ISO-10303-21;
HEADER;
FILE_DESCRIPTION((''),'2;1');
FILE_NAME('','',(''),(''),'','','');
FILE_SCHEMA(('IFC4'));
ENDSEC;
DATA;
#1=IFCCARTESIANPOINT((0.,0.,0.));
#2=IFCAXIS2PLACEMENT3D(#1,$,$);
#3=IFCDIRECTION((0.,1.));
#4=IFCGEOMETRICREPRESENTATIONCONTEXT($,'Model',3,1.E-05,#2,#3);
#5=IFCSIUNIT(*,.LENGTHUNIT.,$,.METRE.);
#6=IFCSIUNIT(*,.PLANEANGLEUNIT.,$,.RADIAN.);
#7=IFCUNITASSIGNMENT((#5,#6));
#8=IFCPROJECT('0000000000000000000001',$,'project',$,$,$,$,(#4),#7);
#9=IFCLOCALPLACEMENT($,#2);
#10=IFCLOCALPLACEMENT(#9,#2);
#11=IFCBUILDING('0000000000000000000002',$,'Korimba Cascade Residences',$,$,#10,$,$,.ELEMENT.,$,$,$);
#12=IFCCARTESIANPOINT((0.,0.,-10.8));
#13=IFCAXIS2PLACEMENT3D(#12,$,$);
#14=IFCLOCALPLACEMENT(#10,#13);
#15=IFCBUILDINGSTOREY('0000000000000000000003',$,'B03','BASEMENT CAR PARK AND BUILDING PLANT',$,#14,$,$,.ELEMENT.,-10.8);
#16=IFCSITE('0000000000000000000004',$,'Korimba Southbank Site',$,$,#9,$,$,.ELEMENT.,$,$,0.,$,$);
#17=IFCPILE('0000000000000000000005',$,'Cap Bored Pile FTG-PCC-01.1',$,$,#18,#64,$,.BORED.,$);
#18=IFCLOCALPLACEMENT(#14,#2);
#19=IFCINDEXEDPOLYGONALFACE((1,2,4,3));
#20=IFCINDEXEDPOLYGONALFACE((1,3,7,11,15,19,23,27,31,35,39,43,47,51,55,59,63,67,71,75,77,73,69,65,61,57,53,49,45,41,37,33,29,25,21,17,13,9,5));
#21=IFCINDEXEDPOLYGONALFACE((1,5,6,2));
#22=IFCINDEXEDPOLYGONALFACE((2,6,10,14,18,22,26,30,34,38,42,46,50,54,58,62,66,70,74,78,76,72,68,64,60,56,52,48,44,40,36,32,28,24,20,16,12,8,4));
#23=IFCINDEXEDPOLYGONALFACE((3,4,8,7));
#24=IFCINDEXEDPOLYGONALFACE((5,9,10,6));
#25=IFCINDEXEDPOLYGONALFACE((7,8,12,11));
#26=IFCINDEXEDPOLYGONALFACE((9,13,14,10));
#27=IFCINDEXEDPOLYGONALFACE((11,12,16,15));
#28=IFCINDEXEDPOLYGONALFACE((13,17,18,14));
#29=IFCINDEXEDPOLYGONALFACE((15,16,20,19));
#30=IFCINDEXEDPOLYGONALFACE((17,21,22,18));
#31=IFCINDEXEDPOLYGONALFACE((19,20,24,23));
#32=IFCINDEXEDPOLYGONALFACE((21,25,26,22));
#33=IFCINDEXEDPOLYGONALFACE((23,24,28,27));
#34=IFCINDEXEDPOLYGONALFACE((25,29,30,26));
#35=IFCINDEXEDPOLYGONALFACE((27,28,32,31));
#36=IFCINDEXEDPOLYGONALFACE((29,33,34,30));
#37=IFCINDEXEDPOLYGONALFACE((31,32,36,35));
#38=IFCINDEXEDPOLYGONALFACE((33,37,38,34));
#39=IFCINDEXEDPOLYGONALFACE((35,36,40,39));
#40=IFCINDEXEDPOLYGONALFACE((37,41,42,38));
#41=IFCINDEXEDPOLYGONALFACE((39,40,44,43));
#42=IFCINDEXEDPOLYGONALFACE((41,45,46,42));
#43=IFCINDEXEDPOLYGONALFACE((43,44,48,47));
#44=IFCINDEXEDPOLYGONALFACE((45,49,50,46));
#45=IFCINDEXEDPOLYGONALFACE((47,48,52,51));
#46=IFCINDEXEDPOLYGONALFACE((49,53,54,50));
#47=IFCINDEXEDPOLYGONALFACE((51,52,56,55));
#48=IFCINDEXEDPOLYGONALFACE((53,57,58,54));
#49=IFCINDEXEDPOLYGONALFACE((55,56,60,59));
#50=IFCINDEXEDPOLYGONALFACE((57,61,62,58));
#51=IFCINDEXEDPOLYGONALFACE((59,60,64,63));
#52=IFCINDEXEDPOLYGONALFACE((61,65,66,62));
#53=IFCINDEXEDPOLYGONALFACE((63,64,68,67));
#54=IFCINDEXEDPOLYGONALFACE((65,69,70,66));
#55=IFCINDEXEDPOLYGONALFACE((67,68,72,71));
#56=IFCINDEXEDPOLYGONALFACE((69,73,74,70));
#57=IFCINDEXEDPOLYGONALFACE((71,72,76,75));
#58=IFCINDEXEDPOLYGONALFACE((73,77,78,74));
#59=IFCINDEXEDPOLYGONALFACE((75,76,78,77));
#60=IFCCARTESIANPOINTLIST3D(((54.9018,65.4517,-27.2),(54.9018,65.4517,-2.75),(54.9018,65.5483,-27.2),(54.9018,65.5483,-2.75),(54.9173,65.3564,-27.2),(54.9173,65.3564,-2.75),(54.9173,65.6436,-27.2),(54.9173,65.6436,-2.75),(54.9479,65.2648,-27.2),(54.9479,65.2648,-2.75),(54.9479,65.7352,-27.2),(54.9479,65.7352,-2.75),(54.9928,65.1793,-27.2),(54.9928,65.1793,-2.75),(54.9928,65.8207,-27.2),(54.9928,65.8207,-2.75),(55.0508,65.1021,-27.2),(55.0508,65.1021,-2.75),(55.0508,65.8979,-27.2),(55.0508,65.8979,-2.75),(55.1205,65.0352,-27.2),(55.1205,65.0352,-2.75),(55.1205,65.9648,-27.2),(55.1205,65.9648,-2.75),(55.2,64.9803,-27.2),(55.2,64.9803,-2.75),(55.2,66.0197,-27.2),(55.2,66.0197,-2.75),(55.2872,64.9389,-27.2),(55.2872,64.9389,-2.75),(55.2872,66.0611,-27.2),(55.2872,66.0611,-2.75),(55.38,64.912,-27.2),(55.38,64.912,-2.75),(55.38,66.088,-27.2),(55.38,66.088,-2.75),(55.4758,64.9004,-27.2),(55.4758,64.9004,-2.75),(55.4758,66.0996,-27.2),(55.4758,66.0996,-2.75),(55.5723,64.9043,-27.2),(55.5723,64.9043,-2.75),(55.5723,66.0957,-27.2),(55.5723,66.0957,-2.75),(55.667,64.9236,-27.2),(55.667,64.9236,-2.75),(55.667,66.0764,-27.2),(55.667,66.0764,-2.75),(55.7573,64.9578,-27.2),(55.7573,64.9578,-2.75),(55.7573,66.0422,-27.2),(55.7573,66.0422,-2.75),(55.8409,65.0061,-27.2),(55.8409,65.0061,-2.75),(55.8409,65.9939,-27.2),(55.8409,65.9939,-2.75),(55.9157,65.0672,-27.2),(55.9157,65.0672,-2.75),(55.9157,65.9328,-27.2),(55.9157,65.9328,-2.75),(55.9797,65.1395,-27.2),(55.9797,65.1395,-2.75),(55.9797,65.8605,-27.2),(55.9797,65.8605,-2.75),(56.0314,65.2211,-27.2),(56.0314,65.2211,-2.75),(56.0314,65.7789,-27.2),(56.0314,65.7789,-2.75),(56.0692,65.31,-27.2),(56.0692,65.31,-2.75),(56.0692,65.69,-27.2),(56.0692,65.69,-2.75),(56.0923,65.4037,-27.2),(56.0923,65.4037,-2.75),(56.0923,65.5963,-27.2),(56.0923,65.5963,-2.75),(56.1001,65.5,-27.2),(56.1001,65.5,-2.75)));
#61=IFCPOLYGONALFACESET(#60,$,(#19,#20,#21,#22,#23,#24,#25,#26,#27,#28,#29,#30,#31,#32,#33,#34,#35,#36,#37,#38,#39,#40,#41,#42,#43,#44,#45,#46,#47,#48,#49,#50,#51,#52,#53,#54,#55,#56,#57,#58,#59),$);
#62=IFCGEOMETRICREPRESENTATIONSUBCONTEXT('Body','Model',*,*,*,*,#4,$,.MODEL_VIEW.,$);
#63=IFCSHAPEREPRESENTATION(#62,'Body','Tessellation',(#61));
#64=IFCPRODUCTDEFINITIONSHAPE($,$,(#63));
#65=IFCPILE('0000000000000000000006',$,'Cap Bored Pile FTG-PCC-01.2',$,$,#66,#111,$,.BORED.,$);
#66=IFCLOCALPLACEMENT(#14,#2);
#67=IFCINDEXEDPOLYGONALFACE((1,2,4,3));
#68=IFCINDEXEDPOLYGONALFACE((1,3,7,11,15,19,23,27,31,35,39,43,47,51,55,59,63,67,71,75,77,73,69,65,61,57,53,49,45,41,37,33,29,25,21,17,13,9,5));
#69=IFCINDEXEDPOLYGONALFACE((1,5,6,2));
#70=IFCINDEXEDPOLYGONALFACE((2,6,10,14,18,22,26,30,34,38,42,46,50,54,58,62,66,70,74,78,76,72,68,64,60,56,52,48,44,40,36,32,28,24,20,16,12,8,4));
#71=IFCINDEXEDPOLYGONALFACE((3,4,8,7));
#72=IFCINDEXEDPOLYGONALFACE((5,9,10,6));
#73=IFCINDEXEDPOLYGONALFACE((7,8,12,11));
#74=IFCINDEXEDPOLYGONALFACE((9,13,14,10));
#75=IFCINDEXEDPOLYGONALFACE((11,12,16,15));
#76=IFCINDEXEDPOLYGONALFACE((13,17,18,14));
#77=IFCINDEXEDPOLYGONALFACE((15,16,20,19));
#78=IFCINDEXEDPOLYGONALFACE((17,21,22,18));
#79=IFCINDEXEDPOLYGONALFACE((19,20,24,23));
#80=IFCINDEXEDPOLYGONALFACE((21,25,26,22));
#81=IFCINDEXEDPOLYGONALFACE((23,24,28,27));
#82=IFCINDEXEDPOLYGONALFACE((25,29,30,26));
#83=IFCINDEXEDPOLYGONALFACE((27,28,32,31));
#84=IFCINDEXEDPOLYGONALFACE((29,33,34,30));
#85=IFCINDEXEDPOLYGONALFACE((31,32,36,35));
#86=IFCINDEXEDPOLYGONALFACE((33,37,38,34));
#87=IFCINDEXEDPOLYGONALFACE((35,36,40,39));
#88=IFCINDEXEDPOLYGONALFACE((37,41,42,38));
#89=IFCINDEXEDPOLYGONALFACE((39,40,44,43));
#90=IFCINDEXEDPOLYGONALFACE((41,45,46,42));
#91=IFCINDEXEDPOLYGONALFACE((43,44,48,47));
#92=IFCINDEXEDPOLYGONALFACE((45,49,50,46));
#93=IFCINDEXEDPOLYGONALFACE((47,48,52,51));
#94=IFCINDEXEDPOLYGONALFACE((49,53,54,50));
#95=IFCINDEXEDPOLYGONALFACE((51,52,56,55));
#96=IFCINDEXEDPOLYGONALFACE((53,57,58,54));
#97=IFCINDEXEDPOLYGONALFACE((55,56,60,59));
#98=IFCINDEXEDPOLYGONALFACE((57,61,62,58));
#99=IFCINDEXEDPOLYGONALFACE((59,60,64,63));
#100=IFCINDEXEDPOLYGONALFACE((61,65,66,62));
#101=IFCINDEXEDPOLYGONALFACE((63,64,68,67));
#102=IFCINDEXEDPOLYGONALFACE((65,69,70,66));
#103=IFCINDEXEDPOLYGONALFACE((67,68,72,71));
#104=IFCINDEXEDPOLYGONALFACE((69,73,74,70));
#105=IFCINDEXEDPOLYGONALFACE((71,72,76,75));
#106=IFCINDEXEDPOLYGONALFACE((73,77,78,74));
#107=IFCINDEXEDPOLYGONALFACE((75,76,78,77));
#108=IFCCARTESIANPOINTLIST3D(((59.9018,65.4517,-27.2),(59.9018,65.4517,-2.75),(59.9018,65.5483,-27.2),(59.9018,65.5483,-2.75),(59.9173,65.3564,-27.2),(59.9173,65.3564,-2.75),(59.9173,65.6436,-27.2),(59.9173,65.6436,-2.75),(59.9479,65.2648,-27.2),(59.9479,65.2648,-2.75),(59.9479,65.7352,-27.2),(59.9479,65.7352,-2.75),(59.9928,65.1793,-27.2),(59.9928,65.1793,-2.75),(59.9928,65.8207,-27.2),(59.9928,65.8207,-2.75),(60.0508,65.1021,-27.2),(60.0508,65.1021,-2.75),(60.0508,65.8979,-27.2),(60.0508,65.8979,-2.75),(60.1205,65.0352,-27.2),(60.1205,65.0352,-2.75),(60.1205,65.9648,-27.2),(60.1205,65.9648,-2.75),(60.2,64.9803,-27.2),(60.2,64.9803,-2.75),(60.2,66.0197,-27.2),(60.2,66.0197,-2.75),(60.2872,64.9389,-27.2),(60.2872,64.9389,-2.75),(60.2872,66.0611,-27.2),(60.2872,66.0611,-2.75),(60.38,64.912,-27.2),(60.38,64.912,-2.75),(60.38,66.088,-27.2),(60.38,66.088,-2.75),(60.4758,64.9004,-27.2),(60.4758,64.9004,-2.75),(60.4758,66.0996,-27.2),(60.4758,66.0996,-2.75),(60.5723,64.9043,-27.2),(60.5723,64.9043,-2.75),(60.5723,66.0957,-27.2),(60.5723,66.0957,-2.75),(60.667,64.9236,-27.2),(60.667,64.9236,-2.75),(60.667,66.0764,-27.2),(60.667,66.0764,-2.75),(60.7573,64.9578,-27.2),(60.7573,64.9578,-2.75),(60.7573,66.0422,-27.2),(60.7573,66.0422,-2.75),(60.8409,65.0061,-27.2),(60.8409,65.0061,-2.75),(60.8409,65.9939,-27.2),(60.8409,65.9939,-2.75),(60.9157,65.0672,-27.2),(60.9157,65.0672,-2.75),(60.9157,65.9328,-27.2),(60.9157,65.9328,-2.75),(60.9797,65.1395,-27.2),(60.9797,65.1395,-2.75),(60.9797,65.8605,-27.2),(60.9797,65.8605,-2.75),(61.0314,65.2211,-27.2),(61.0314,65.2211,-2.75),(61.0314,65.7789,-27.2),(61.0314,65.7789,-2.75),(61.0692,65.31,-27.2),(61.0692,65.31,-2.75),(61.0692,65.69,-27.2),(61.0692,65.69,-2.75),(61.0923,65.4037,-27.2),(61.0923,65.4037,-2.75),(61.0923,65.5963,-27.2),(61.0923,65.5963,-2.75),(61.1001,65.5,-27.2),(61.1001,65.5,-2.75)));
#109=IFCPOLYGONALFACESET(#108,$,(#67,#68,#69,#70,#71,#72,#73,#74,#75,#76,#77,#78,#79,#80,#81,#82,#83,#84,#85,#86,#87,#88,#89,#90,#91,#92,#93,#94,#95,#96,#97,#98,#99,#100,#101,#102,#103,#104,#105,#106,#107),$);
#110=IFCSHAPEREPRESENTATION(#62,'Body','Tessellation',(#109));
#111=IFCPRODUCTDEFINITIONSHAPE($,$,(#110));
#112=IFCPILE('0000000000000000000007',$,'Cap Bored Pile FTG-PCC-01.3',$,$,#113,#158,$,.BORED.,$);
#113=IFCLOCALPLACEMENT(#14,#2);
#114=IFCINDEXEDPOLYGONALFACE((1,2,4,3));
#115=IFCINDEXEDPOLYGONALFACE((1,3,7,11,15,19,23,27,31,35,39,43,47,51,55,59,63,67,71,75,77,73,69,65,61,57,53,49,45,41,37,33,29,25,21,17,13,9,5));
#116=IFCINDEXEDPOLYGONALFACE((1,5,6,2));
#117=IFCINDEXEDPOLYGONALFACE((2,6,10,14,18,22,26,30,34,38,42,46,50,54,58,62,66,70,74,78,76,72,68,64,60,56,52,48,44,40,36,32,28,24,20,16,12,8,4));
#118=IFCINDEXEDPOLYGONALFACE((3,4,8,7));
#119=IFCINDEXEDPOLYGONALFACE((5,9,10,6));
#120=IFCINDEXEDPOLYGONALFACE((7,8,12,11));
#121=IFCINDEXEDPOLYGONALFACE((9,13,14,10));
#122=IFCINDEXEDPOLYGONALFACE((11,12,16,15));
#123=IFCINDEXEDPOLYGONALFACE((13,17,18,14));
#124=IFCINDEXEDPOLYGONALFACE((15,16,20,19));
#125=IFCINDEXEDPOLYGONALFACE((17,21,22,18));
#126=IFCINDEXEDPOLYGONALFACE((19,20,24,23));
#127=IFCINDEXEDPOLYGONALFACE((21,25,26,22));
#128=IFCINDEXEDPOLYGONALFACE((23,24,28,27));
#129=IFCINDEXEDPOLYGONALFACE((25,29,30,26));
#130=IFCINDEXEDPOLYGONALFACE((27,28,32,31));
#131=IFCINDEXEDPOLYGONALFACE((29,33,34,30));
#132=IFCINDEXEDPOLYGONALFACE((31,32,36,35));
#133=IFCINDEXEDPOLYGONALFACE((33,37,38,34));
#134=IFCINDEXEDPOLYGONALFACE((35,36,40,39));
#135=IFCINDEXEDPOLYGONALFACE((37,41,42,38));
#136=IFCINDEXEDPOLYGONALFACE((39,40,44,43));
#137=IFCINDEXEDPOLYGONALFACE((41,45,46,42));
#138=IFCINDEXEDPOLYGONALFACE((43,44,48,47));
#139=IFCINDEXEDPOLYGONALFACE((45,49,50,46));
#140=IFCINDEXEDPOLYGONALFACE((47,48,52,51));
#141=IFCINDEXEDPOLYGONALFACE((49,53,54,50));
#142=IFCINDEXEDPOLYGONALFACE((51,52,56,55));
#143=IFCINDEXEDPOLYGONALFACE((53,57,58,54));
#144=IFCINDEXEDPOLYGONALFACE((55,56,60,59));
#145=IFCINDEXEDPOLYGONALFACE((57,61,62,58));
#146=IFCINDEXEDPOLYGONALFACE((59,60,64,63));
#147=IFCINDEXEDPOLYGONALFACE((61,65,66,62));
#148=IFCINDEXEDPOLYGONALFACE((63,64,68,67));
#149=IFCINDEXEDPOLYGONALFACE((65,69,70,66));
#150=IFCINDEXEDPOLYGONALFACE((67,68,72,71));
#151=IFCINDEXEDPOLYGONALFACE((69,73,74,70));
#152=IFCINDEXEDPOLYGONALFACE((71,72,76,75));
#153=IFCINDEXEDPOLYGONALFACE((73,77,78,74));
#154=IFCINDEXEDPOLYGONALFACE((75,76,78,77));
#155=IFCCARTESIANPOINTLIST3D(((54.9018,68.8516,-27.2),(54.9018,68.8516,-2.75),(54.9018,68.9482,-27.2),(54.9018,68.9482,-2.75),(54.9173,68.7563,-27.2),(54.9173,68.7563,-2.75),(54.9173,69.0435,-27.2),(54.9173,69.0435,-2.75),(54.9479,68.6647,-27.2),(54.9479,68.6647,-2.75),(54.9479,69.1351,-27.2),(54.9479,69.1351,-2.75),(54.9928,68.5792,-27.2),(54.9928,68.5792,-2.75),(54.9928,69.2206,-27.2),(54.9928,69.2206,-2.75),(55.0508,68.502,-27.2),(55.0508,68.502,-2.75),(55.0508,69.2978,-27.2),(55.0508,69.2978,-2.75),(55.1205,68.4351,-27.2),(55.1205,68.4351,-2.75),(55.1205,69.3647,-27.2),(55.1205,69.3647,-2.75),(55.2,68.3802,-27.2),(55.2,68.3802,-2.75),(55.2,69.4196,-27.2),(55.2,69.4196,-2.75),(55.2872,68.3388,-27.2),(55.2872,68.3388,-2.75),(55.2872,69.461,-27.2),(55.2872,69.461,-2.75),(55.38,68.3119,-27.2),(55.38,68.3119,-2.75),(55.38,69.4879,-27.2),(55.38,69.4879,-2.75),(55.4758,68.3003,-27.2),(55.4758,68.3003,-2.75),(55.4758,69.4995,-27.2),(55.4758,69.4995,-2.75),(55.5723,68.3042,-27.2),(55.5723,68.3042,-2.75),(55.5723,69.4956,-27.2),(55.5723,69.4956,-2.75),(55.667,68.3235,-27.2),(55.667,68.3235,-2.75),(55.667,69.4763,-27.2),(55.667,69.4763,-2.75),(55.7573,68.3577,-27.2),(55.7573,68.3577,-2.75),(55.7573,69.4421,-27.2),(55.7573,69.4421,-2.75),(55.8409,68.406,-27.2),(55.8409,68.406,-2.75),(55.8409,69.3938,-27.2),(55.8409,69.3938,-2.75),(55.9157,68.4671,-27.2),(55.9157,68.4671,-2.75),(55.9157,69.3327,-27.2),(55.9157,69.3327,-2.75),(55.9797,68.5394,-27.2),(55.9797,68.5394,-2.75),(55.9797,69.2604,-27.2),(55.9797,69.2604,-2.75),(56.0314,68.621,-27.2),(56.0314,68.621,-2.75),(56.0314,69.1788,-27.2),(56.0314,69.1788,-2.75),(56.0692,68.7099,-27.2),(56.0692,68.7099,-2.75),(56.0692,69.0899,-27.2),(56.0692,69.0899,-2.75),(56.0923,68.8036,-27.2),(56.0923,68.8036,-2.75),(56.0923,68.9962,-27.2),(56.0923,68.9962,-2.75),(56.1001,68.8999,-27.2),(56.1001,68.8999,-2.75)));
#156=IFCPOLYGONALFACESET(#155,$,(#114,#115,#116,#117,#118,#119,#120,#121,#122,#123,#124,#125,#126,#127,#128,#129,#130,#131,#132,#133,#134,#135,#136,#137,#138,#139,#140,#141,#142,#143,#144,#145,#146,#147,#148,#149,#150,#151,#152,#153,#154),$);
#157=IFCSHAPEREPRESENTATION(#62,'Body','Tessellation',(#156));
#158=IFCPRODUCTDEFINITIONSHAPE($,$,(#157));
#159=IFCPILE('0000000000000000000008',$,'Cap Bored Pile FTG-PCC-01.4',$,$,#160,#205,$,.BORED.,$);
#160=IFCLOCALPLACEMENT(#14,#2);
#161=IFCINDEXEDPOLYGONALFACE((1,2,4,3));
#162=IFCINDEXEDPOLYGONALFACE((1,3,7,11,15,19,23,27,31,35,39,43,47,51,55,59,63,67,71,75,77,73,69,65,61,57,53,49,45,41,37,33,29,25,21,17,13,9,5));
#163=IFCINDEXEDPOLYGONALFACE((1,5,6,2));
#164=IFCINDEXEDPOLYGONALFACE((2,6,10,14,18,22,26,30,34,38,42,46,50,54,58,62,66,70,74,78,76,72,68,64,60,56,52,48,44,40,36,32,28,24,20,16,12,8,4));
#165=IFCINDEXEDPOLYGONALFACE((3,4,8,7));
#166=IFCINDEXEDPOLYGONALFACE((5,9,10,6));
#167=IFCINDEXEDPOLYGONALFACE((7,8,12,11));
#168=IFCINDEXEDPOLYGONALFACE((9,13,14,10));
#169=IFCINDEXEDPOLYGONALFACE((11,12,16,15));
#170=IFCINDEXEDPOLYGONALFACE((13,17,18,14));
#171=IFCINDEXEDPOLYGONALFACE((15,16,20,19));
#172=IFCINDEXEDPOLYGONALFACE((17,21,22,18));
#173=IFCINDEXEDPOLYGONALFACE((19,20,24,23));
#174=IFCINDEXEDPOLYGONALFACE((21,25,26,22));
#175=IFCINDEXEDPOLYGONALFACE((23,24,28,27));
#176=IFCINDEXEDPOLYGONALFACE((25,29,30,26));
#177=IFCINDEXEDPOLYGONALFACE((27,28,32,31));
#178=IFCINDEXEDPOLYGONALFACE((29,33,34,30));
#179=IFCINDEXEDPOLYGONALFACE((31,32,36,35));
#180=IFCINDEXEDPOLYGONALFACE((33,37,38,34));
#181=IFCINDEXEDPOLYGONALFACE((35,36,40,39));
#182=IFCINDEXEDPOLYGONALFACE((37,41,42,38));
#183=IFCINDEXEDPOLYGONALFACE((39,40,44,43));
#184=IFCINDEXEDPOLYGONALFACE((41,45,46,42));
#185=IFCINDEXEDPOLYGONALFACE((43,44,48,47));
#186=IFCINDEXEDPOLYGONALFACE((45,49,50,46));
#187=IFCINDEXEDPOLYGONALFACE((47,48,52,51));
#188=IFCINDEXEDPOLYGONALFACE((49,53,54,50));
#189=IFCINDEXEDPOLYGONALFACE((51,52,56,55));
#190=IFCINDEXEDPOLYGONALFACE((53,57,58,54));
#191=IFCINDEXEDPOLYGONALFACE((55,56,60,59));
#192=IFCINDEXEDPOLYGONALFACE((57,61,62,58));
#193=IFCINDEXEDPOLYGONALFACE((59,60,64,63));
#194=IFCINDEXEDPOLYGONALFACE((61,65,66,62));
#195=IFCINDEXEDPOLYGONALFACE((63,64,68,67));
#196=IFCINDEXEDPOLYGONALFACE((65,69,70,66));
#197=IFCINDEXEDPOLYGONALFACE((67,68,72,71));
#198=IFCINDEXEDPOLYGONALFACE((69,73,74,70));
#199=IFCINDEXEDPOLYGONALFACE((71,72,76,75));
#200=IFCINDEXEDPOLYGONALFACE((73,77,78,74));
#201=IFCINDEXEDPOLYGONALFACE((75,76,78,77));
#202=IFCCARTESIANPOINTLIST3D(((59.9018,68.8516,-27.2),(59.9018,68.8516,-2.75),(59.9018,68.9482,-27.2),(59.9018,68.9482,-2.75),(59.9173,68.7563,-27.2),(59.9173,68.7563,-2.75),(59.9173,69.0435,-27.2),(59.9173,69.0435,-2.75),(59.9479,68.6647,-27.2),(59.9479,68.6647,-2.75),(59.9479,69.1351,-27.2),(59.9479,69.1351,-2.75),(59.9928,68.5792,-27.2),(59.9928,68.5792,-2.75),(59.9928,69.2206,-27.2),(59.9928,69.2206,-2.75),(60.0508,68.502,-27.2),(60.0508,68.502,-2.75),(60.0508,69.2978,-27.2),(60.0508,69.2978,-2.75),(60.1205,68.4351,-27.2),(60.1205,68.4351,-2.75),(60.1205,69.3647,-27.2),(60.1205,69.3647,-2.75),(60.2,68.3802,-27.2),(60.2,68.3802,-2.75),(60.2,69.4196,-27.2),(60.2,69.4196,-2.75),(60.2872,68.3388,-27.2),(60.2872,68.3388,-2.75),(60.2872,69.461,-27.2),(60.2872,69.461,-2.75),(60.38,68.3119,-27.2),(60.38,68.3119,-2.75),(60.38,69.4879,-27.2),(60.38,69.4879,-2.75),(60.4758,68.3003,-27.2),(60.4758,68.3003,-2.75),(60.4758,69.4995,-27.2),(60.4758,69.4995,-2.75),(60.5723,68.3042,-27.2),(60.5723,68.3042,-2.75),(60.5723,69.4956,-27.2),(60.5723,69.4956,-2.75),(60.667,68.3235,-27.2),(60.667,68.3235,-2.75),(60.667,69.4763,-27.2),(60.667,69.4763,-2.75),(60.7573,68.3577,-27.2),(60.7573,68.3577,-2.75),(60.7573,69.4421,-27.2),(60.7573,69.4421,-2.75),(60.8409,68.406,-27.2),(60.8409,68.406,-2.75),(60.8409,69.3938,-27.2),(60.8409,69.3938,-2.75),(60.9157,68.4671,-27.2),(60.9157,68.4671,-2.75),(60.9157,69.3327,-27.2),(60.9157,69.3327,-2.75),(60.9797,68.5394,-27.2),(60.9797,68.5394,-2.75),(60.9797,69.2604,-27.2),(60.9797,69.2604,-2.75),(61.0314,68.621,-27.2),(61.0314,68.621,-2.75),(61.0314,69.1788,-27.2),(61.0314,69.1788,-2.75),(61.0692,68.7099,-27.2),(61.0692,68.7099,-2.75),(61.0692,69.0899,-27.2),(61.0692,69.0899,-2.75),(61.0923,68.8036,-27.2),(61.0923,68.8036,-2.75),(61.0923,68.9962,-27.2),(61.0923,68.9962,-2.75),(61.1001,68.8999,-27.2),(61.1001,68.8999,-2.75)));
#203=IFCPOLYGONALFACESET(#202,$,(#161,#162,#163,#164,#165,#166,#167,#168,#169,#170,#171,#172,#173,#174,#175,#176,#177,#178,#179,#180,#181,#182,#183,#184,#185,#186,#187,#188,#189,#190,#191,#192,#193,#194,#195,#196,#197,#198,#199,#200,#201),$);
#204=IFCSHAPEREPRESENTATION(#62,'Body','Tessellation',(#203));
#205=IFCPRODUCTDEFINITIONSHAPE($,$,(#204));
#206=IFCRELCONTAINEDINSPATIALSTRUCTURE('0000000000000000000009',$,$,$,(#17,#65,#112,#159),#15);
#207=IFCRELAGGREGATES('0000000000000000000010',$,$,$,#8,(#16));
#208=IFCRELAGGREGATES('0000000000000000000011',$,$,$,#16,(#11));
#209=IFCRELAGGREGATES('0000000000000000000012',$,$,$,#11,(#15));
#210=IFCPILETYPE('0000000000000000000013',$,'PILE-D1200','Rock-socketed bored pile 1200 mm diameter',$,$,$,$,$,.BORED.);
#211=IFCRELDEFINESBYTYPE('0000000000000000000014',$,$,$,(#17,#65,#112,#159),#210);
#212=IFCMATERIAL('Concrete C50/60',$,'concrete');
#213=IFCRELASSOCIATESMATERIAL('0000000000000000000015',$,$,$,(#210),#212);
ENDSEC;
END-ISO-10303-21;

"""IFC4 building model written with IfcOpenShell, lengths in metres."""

from ifc_helpers import new_model, si_unit, direction, frame, origin, origin_2d, place, context, subcontext, project, spatial, circle, extrude, material, material_profile, profile_set, type_object, element, save


model = new_model("IFC4")

# Units and contexts
model_context = context("Model", 3, precision=1e-05, world=origin(), true_north=direction((0.0, 1.0)))
body_context = subcontext(model_context, "Body", "Model", "MODEL_VIEW")
ifc_project = project(units=[si_unit("LENGTHUNIT", "METRE"), si_unit("PLANEANGLEUNIT", "RADIAN")], contexts=[model_context])

# Site, building, storey
site_placement = place(None, origin())
site = spatial("IfcSite", under=ifc_project, at=site_placement, Name="Korimba Southbank Site", CompositionType="ELEMENT", RefElevation=0.0)
building_placement = place(site_placement, origin())
building = spatial("IfcBuilding", under=site, at=building_placement, Name="Korimba Cascade Residences", CompositionType="ELEMENT")
storey_placement = place(building_placement, frame((0.0, 0.0, -10.8)))
storey = spatial("IfcBuildingStorey", under=building, at=storey_placement, Name="B03", Description="BASEMENT CAR PARK AND BUILDING PLANT", CompositionType="ELEMENT", Elevation=-10.8)

# Piles
ifc_material_1 = material(Name="Concrete C50/60", Category="concrete")
ifc_material_profile_1 = material_profile(ifc_material_1, circle(Radius=0.6001, at=origin_2d()), Name="Concrete C50/60")
ifc_profile_set_1 = profile_set([ifc_material_profile_1], Name="Concrete C50/60")
pile_type = type_object("IfcPileType", Name="PILE-D1200", Description="Rock-socketed bored pile 1200 mm diameter", PredefinedType="BORED", material=ifc_profile_set_1)
for number, where, z_axis, x_axis, name in (
    (1, (55.5, 65.5, -2.75), (0.0, 0.0, -1.0), (1.0, 0.0, 0.0), "Cap Bored Pile FTG-PCC-01.1"),
    (2, (60.5, 65.5, -2.75), (0.0, 0.0, -1.0), (1.0, 0.0, 0.0), "Cap Bored Pile FTG-PCC-01.2"),
    (3, (55.5, 68.8999, -2.75), (0.0, 0.0, -1.0), (1.0, 0.0, 0.0), "Cap Bored Pile FTG-PCC-01.3"),
    (4, (60.5, 68.8999, -2.75), (0.0, 0.0, -1.0), (1.0, 0.0, 0.0), "Cap Bored Pile FTG-PCC-01.4"),
):
    element("IfcPile", number, at=place(storey_placement, frame(where, z_axis=z_axis, x_axis=x_axis)), inside=storey, type_object=pile_type, Name=name, PredefinedType="BORED", context=body_context, shape_type="SweptSolid", body=[
        extrude(circle(Radius=0.6001, at=origin_2d()), origin(), (0.0, 0.0, 1.0), 24.45),
    ])

save(model, "model.ifc")
